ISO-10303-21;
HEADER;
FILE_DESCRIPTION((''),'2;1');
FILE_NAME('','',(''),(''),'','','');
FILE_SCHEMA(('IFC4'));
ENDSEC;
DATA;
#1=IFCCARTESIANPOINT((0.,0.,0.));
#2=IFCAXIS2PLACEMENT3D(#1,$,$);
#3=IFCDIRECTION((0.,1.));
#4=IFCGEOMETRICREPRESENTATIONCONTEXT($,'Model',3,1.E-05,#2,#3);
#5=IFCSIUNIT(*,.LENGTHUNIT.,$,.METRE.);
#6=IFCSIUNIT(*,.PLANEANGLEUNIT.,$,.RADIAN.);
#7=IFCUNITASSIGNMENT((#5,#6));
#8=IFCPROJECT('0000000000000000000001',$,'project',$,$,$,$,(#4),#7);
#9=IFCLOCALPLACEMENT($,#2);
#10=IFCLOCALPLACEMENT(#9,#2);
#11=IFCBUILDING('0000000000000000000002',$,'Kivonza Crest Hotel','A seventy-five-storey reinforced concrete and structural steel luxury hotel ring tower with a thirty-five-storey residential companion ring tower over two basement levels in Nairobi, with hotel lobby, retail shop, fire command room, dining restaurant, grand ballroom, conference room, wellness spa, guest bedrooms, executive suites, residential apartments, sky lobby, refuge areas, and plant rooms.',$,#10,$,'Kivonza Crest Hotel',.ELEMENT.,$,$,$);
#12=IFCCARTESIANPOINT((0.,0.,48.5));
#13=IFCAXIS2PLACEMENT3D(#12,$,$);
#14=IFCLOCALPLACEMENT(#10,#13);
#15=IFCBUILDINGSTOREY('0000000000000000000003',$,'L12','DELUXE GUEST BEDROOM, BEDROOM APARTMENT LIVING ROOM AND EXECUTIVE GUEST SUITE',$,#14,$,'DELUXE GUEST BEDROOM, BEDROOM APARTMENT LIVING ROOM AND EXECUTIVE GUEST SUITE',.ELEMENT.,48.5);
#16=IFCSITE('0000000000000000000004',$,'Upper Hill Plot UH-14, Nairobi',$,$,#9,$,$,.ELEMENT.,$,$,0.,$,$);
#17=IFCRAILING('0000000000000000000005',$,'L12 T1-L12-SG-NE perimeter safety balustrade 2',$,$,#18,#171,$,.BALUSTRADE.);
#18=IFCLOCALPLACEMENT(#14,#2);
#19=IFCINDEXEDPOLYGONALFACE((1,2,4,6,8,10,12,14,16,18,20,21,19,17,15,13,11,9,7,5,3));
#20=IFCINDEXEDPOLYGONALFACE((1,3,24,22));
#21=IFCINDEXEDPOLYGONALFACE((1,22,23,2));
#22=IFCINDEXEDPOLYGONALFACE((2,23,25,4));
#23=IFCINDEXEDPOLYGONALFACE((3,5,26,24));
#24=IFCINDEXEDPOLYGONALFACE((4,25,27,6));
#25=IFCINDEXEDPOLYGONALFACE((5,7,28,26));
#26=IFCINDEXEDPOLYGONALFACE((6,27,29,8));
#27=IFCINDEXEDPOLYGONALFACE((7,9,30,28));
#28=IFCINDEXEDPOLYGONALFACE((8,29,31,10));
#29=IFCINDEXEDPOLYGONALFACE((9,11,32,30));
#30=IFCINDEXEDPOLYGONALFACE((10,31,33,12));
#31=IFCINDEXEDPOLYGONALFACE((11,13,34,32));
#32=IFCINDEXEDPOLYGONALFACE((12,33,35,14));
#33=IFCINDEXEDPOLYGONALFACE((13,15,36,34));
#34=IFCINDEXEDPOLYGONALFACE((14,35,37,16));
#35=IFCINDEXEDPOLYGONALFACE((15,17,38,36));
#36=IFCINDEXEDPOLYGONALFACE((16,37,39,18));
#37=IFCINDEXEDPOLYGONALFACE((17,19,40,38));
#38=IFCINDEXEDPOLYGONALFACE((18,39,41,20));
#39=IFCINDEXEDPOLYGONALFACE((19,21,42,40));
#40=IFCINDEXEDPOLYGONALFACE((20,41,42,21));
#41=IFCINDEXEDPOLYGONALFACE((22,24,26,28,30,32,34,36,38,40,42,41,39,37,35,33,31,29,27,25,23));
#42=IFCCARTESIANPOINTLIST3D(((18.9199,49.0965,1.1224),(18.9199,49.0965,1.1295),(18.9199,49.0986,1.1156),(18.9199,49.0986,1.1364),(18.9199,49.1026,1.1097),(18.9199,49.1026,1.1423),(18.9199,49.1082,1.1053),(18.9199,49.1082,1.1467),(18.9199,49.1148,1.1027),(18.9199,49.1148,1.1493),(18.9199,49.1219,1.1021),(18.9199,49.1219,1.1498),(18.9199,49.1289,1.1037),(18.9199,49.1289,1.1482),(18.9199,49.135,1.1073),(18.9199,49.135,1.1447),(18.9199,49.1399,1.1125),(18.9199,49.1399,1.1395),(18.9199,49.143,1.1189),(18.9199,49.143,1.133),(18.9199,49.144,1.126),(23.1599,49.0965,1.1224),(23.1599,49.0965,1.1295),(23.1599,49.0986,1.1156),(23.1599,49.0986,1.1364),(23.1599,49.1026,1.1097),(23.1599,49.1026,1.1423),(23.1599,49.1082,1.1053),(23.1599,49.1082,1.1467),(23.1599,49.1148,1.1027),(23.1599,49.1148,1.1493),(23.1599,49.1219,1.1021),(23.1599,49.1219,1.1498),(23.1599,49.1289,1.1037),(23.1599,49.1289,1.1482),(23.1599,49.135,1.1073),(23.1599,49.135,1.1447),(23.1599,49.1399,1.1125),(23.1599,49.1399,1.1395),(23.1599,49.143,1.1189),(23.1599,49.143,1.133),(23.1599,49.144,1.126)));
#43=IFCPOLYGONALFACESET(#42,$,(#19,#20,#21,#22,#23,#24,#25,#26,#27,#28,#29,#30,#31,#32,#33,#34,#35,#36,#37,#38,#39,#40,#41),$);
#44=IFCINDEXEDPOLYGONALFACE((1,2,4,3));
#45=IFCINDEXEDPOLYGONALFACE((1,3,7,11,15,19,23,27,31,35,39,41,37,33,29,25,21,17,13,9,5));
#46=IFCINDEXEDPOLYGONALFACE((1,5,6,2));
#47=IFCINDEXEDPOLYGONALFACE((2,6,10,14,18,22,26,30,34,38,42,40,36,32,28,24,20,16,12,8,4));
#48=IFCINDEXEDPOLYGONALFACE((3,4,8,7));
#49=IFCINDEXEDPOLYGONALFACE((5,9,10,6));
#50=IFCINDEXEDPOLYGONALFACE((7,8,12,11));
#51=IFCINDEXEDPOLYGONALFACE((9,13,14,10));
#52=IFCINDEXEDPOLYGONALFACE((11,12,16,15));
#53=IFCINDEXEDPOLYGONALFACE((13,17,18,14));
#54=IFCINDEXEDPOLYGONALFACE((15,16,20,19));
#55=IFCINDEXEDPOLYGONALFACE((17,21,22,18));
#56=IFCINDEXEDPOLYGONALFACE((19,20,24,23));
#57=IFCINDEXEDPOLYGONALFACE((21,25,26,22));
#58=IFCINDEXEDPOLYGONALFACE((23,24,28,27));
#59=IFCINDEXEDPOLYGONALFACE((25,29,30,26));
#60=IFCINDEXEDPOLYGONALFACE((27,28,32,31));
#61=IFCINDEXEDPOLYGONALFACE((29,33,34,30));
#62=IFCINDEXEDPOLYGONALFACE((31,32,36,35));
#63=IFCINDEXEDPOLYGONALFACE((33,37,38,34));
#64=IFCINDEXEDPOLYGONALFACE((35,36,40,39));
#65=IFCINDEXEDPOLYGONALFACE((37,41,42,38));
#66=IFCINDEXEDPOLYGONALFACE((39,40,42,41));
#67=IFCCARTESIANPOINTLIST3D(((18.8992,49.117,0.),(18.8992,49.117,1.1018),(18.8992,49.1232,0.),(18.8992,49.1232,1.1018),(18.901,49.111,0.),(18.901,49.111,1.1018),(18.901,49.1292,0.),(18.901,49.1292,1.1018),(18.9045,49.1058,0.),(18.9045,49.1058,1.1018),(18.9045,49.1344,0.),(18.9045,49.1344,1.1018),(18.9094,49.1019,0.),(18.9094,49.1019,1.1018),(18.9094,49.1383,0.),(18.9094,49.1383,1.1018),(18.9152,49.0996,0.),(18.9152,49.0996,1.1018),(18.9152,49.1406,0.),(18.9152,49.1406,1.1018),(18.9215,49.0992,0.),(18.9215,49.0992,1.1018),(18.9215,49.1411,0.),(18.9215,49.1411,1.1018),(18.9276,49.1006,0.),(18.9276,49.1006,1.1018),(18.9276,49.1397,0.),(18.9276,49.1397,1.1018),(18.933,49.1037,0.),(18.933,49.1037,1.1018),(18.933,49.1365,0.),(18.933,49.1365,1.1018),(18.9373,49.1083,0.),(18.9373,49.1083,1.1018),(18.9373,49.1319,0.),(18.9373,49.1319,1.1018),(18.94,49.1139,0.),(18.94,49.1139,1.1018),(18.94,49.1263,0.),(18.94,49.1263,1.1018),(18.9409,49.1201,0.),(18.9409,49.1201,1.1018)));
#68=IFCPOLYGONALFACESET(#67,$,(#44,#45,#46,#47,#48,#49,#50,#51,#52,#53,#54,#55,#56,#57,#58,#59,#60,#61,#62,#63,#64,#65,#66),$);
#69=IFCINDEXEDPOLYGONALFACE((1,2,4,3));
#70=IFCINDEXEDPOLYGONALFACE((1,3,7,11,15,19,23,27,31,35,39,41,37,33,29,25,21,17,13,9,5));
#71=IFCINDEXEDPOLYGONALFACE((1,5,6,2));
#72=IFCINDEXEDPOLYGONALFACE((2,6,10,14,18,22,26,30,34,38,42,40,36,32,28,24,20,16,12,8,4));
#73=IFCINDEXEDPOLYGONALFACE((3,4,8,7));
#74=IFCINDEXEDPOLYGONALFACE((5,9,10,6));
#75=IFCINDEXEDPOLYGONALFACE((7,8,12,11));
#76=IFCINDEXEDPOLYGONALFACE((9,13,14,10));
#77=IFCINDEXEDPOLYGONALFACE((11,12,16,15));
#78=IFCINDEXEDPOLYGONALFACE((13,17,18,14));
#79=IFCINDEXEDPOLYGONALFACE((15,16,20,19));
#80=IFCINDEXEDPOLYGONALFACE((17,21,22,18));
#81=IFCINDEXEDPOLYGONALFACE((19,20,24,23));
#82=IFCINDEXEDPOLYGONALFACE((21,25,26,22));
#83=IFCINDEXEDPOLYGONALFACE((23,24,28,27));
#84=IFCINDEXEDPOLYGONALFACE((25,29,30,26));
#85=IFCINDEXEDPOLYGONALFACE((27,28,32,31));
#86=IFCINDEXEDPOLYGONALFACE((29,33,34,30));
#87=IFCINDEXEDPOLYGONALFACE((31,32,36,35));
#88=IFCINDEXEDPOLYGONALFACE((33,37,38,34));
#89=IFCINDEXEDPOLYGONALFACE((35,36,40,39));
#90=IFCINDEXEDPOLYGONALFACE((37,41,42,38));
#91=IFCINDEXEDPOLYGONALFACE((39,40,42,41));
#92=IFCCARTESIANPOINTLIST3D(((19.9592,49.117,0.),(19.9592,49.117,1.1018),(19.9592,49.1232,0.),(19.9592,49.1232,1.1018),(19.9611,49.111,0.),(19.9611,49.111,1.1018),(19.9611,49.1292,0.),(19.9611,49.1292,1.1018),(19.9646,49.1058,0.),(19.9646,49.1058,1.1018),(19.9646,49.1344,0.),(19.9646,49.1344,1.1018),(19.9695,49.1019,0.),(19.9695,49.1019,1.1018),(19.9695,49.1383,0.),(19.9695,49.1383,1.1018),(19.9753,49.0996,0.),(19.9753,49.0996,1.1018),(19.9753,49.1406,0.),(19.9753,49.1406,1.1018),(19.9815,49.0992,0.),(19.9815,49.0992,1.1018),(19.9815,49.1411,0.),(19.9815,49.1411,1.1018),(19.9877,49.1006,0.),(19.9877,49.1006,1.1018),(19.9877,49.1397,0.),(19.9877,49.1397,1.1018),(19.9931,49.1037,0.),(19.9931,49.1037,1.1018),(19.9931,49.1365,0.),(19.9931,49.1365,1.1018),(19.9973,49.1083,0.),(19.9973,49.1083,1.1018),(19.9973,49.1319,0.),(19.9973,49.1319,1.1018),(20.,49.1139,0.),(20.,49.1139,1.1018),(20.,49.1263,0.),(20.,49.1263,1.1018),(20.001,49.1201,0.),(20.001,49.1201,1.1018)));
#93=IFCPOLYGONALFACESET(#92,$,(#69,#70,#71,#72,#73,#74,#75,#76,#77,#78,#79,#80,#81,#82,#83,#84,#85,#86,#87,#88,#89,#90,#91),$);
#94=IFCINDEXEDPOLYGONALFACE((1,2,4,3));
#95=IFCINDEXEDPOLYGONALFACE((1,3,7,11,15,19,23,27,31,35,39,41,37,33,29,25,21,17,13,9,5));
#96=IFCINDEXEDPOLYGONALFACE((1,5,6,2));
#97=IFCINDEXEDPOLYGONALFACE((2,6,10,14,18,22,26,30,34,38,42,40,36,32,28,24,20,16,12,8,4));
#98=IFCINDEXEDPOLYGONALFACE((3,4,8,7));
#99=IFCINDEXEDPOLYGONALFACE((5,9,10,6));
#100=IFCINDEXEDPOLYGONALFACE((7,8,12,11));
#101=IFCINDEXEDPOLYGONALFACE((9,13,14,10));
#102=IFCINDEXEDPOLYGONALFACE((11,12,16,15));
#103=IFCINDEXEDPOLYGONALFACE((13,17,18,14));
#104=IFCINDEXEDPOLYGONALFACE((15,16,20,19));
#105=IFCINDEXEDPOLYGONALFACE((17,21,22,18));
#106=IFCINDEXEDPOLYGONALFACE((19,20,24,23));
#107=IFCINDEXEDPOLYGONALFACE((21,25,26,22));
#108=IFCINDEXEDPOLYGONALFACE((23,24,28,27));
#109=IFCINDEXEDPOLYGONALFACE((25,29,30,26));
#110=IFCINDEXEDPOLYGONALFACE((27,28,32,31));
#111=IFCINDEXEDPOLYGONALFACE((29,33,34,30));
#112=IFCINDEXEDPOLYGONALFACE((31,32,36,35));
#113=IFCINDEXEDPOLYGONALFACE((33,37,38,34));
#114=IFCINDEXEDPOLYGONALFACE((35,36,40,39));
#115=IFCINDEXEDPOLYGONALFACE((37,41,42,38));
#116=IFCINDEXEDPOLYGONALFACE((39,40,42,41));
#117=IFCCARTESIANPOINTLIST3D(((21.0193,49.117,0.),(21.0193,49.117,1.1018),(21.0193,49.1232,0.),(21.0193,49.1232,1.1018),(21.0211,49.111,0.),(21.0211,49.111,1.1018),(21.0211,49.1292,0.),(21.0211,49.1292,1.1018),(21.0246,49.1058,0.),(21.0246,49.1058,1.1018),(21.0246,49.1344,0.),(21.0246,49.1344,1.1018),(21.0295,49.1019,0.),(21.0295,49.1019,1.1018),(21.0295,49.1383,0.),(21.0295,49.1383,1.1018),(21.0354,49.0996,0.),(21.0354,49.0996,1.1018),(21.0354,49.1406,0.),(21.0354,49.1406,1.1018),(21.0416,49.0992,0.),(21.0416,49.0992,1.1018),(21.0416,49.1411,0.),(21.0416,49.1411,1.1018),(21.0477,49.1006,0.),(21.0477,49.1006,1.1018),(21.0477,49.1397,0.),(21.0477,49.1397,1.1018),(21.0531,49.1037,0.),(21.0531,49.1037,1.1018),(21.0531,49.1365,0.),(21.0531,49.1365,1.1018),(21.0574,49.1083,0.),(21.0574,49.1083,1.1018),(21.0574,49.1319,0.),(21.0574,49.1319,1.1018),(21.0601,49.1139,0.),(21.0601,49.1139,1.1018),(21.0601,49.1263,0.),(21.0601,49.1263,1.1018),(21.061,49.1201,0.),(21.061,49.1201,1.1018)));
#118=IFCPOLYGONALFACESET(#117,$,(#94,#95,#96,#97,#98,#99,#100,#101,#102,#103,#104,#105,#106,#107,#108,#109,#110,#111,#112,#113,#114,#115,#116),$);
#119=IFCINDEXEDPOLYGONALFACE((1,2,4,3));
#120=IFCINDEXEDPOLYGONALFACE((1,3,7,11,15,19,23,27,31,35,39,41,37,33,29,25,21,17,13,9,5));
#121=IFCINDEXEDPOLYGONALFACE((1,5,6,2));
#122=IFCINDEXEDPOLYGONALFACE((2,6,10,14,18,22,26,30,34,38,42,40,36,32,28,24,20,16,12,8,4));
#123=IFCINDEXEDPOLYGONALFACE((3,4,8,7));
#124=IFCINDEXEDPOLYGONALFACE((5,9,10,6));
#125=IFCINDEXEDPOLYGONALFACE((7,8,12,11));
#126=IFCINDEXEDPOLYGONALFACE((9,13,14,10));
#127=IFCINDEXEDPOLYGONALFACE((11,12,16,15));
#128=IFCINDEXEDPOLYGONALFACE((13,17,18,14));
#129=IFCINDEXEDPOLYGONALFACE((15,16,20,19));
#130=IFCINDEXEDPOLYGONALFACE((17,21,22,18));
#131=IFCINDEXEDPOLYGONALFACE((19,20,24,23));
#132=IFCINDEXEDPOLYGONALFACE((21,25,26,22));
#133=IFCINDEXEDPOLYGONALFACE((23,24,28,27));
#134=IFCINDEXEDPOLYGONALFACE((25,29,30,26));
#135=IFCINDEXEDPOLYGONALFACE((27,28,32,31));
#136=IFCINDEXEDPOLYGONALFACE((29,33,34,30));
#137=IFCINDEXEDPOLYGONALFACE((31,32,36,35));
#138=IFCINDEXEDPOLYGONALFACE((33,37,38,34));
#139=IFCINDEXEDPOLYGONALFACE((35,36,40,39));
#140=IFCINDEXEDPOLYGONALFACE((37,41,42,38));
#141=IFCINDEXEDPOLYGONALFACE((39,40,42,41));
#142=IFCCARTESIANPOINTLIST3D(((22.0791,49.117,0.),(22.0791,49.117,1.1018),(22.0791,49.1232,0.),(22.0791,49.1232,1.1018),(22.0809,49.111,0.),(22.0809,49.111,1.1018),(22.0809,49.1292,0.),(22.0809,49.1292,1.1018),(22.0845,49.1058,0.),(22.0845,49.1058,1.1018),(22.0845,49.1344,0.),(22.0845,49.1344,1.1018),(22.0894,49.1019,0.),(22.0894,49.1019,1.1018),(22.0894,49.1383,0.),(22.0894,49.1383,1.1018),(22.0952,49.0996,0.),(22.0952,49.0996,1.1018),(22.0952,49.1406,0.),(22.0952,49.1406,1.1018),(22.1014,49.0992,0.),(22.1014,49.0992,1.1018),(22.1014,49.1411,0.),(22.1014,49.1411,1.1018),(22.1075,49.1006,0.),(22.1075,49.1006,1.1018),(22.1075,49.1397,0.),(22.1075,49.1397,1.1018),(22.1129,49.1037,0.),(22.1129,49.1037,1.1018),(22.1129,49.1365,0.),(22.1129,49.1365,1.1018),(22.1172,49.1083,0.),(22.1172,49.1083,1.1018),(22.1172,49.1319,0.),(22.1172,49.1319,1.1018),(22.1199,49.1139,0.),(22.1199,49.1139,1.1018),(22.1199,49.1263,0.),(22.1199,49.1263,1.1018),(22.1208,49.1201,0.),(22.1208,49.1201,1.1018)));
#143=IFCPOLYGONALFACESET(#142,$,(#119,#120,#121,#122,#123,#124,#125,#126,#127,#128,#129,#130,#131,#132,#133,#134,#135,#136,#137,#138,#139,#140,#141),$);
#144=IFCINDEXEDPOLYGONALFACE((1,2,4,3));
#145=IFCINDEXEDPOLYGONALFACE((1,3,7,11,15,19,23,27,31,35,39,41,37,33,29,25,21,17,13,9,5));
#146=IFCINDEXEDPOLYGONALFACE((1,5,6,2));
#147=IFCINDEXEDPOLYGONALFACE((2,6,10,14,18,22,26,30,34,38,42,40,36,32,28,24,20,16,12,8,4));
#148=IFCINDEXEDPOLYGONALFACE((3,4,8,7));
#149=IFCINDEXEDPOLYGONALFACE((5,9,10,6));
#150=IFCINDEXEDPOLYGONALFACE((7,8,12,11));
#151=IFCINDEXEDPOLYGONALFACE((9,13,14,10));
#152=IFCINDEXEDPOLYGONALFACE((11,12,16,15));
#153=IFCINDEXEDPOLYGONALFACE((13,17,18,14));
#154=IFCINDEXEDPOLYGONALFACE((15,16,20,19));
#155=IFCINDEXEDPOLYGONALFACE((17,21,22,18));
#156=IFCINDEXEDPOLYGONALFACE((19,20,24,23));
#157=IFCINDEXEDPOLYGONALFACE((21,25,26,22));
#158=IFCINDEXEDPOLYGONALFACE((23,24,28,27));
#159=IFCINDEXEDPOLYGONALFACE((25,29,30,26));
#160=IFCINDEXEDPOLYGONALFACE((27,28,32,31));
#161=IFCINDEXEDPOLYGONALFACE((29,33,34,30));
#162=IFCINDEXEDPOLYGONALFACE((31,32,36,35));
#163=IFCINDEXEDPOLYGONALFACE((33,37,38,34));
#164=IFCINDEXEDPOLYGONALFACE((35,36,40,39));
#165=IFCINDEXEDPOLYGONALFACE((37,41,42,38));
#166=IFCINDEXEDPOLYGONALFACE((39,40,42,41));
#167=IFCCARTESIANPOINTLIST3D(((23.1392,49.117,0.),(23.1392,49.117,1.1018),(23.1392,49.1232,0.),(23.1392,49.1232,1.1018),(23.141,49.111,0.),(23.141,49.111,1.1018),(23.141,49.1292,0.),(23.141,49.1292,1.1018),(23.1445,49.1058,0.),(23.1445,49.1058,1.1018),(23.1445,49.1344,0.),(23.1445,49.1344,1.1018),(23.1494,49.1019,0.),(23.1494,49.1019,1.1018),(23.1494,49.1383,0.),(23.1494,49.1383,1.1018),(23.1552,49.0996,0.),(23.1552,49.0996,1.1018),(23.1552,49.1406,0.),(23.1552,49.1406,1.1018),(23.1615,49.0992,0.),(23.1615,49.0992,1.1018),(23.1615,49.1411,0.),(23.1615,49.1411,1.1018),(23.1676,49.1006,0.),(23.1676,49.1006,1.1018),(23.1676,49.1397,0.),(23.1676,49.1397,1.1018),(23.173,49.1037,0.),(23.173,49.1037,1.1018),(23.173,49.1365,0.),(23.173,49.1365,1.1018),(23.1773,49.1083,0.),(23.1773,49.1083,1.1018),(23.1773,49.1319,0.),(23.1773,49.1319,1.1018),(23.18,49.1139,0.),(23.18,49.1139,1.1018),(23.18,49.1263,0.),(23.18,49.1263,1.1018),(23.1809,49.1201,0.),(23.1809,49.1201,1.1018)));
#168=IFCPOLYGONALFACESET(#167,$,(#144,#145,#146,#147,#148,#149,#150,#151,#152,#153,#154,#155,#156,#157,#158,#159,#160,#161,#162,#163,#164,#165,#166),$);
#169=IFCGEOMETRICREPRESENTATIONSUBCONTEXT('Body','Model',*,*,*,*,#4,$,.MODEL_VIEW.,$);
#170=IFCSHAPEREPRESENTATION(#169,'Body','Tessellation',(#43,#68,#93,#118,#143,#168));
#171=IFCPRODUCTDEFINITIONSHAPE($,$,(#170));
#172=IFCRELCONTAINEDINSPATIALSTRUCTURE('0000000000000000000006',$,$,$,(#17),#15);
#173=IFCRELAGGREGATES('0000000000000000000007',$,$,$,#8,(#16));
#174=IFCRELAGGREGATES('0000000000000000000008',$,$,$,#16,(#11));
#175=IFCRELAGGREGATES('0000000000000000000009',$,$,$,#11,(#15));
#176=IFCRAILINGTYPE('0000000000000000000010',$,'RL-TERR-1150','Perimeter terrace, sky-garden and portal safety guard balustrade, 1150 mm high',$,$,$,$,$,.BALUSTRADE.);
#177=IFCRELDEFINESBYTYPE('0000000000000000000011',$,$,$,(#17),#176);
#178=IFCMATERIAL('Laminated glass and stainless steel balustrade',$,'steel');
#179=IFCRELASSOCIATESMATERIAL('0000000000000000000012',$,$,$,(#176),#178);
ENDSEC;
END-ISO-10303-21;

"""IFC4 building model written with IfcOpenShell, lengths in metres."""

from ifc_helpers import new_model, si_unit, direction, frame, origin, origin_2d, place, context, subcontext, project, spatial, circle, extrude, material, type_object, element, save


model = new_model("IFC4")

# Units and contexts
model_context = context("Model", 3, precision=1e-05, world=origin(), true_north=direction((0.0, 1.0)))
body_context = subcontext(model_context, "Body", "Model", "MODEL_VIEW")
ifc_project = project(units=[si_unit("LENGTHUNIT", "METRE"), si_unit("PLANEANGLEUNIT", "RADIAN")], contexts=[model_context])

# Site, building, storey
site_placement = place(None, origin())
site = spatial("IfcSite", under=ifc_project, at=site_placement, Name="Upper Hill Plot UH-14, Nairobi", CompositionType="ELEMENT", RefElevation=0.0)
building_placement = place(site_placement, origin())
building = spatial("IfcBuilding", under=site, at=building_placement, Name="Kivonza Crest Hotel", Description="A seventy-five-storey reinforced concrete and structural steel luxury hotel ring tower with a thirty-five-storey residential companion ring tower over two basement levels in Nairobi, with hotel lobby, retail shop, fire command room, dining restaurant, grand ballroom, conference room, wellness spa, guest bedrooms, executive suites, residential apartments, sky lobby, refuge areas, and plant rooms.", LongName="Kivonza Crest Hotel", CompositionType="ELEMENT")
storey_placement = place(building_placement, frame((0.0, 0.0, 48.5)))
storey = spatial("IfcBuildingStorey", under=building, at=storey_placement, Name="L12", Description="DELUXE GUEST BEDROOM, BEDROOM APARTMENT LIVING ROOM AND EXECUTIVE GUEST SUITE", LongName="DELUXE GUEST BEDROOM, BEDROOM APARTMENT LIVING ROOM AND EXECUTIVE GUEST SUITE", CompositionType="ELEMENT", Elevation=48.5)

# Railing
ifc_material_1 = material(Name="Laminated glass and stainless steel balustrade", Category="steel")
railing_type = type_object("IfcRailingType", Name="RL-TERR-1150", Description="Perimeter terrace, sky-garden and portal safety guard balustrade, 1150 mm high", PredefinedType="BALUSTRADE", material=ifc_material_1)
railing_1_placement = place(storey_placement, frame((18.9199, 49.1201, 0.0)))
element("IfcRailing", 1, at=railing_1_placement, inside=storey, type_object=railing_type, Name="L12 T1-L12-SG-NE perimeter safety balustrade 2", PredefinedType="BALUSTRADE", context=body_context, shape_type="SweptSolid", body=[
    extrude(circle(Radius=0.0239, at=origin_2d()), frame((0.0, 0.0, 1.126), z_axis=(1.0, 0.0, 0.0), x_axis=(0.0, 1.0, 0.0)), (0.0, 0.0, 1.0), 4.24),
    extrude(circle(Radius=0.021, at=origin_2d()), origin(), (0.0, 0.0, 1.0), 1.1018),
    extrude(circle(Radius=0.021, at=origin_2d()), frame((1.0601, 0.0, 0.0)), (0.0, 0.0, 1.0), 1.1018),
    extrude(circle(Radius=0.021, at=origin_2d()), frame((2.1201, 0.0, 0.0)), (0.0, 0.0, 1.0), 1.1018),
    extrude(circle(Radius=0.021, at=origin_2d()), frame((3.1799, 0.0, 0.0)), (0.0, 0.0, 1.0), 1.1018),
    extrude(circle(Radius=0.021, at=origin_2d()), frame((4.24, 0.0, 0.0)), (0.0, 0.0, 1.0), 1.1018),
])

save(model, "model.ifc")
